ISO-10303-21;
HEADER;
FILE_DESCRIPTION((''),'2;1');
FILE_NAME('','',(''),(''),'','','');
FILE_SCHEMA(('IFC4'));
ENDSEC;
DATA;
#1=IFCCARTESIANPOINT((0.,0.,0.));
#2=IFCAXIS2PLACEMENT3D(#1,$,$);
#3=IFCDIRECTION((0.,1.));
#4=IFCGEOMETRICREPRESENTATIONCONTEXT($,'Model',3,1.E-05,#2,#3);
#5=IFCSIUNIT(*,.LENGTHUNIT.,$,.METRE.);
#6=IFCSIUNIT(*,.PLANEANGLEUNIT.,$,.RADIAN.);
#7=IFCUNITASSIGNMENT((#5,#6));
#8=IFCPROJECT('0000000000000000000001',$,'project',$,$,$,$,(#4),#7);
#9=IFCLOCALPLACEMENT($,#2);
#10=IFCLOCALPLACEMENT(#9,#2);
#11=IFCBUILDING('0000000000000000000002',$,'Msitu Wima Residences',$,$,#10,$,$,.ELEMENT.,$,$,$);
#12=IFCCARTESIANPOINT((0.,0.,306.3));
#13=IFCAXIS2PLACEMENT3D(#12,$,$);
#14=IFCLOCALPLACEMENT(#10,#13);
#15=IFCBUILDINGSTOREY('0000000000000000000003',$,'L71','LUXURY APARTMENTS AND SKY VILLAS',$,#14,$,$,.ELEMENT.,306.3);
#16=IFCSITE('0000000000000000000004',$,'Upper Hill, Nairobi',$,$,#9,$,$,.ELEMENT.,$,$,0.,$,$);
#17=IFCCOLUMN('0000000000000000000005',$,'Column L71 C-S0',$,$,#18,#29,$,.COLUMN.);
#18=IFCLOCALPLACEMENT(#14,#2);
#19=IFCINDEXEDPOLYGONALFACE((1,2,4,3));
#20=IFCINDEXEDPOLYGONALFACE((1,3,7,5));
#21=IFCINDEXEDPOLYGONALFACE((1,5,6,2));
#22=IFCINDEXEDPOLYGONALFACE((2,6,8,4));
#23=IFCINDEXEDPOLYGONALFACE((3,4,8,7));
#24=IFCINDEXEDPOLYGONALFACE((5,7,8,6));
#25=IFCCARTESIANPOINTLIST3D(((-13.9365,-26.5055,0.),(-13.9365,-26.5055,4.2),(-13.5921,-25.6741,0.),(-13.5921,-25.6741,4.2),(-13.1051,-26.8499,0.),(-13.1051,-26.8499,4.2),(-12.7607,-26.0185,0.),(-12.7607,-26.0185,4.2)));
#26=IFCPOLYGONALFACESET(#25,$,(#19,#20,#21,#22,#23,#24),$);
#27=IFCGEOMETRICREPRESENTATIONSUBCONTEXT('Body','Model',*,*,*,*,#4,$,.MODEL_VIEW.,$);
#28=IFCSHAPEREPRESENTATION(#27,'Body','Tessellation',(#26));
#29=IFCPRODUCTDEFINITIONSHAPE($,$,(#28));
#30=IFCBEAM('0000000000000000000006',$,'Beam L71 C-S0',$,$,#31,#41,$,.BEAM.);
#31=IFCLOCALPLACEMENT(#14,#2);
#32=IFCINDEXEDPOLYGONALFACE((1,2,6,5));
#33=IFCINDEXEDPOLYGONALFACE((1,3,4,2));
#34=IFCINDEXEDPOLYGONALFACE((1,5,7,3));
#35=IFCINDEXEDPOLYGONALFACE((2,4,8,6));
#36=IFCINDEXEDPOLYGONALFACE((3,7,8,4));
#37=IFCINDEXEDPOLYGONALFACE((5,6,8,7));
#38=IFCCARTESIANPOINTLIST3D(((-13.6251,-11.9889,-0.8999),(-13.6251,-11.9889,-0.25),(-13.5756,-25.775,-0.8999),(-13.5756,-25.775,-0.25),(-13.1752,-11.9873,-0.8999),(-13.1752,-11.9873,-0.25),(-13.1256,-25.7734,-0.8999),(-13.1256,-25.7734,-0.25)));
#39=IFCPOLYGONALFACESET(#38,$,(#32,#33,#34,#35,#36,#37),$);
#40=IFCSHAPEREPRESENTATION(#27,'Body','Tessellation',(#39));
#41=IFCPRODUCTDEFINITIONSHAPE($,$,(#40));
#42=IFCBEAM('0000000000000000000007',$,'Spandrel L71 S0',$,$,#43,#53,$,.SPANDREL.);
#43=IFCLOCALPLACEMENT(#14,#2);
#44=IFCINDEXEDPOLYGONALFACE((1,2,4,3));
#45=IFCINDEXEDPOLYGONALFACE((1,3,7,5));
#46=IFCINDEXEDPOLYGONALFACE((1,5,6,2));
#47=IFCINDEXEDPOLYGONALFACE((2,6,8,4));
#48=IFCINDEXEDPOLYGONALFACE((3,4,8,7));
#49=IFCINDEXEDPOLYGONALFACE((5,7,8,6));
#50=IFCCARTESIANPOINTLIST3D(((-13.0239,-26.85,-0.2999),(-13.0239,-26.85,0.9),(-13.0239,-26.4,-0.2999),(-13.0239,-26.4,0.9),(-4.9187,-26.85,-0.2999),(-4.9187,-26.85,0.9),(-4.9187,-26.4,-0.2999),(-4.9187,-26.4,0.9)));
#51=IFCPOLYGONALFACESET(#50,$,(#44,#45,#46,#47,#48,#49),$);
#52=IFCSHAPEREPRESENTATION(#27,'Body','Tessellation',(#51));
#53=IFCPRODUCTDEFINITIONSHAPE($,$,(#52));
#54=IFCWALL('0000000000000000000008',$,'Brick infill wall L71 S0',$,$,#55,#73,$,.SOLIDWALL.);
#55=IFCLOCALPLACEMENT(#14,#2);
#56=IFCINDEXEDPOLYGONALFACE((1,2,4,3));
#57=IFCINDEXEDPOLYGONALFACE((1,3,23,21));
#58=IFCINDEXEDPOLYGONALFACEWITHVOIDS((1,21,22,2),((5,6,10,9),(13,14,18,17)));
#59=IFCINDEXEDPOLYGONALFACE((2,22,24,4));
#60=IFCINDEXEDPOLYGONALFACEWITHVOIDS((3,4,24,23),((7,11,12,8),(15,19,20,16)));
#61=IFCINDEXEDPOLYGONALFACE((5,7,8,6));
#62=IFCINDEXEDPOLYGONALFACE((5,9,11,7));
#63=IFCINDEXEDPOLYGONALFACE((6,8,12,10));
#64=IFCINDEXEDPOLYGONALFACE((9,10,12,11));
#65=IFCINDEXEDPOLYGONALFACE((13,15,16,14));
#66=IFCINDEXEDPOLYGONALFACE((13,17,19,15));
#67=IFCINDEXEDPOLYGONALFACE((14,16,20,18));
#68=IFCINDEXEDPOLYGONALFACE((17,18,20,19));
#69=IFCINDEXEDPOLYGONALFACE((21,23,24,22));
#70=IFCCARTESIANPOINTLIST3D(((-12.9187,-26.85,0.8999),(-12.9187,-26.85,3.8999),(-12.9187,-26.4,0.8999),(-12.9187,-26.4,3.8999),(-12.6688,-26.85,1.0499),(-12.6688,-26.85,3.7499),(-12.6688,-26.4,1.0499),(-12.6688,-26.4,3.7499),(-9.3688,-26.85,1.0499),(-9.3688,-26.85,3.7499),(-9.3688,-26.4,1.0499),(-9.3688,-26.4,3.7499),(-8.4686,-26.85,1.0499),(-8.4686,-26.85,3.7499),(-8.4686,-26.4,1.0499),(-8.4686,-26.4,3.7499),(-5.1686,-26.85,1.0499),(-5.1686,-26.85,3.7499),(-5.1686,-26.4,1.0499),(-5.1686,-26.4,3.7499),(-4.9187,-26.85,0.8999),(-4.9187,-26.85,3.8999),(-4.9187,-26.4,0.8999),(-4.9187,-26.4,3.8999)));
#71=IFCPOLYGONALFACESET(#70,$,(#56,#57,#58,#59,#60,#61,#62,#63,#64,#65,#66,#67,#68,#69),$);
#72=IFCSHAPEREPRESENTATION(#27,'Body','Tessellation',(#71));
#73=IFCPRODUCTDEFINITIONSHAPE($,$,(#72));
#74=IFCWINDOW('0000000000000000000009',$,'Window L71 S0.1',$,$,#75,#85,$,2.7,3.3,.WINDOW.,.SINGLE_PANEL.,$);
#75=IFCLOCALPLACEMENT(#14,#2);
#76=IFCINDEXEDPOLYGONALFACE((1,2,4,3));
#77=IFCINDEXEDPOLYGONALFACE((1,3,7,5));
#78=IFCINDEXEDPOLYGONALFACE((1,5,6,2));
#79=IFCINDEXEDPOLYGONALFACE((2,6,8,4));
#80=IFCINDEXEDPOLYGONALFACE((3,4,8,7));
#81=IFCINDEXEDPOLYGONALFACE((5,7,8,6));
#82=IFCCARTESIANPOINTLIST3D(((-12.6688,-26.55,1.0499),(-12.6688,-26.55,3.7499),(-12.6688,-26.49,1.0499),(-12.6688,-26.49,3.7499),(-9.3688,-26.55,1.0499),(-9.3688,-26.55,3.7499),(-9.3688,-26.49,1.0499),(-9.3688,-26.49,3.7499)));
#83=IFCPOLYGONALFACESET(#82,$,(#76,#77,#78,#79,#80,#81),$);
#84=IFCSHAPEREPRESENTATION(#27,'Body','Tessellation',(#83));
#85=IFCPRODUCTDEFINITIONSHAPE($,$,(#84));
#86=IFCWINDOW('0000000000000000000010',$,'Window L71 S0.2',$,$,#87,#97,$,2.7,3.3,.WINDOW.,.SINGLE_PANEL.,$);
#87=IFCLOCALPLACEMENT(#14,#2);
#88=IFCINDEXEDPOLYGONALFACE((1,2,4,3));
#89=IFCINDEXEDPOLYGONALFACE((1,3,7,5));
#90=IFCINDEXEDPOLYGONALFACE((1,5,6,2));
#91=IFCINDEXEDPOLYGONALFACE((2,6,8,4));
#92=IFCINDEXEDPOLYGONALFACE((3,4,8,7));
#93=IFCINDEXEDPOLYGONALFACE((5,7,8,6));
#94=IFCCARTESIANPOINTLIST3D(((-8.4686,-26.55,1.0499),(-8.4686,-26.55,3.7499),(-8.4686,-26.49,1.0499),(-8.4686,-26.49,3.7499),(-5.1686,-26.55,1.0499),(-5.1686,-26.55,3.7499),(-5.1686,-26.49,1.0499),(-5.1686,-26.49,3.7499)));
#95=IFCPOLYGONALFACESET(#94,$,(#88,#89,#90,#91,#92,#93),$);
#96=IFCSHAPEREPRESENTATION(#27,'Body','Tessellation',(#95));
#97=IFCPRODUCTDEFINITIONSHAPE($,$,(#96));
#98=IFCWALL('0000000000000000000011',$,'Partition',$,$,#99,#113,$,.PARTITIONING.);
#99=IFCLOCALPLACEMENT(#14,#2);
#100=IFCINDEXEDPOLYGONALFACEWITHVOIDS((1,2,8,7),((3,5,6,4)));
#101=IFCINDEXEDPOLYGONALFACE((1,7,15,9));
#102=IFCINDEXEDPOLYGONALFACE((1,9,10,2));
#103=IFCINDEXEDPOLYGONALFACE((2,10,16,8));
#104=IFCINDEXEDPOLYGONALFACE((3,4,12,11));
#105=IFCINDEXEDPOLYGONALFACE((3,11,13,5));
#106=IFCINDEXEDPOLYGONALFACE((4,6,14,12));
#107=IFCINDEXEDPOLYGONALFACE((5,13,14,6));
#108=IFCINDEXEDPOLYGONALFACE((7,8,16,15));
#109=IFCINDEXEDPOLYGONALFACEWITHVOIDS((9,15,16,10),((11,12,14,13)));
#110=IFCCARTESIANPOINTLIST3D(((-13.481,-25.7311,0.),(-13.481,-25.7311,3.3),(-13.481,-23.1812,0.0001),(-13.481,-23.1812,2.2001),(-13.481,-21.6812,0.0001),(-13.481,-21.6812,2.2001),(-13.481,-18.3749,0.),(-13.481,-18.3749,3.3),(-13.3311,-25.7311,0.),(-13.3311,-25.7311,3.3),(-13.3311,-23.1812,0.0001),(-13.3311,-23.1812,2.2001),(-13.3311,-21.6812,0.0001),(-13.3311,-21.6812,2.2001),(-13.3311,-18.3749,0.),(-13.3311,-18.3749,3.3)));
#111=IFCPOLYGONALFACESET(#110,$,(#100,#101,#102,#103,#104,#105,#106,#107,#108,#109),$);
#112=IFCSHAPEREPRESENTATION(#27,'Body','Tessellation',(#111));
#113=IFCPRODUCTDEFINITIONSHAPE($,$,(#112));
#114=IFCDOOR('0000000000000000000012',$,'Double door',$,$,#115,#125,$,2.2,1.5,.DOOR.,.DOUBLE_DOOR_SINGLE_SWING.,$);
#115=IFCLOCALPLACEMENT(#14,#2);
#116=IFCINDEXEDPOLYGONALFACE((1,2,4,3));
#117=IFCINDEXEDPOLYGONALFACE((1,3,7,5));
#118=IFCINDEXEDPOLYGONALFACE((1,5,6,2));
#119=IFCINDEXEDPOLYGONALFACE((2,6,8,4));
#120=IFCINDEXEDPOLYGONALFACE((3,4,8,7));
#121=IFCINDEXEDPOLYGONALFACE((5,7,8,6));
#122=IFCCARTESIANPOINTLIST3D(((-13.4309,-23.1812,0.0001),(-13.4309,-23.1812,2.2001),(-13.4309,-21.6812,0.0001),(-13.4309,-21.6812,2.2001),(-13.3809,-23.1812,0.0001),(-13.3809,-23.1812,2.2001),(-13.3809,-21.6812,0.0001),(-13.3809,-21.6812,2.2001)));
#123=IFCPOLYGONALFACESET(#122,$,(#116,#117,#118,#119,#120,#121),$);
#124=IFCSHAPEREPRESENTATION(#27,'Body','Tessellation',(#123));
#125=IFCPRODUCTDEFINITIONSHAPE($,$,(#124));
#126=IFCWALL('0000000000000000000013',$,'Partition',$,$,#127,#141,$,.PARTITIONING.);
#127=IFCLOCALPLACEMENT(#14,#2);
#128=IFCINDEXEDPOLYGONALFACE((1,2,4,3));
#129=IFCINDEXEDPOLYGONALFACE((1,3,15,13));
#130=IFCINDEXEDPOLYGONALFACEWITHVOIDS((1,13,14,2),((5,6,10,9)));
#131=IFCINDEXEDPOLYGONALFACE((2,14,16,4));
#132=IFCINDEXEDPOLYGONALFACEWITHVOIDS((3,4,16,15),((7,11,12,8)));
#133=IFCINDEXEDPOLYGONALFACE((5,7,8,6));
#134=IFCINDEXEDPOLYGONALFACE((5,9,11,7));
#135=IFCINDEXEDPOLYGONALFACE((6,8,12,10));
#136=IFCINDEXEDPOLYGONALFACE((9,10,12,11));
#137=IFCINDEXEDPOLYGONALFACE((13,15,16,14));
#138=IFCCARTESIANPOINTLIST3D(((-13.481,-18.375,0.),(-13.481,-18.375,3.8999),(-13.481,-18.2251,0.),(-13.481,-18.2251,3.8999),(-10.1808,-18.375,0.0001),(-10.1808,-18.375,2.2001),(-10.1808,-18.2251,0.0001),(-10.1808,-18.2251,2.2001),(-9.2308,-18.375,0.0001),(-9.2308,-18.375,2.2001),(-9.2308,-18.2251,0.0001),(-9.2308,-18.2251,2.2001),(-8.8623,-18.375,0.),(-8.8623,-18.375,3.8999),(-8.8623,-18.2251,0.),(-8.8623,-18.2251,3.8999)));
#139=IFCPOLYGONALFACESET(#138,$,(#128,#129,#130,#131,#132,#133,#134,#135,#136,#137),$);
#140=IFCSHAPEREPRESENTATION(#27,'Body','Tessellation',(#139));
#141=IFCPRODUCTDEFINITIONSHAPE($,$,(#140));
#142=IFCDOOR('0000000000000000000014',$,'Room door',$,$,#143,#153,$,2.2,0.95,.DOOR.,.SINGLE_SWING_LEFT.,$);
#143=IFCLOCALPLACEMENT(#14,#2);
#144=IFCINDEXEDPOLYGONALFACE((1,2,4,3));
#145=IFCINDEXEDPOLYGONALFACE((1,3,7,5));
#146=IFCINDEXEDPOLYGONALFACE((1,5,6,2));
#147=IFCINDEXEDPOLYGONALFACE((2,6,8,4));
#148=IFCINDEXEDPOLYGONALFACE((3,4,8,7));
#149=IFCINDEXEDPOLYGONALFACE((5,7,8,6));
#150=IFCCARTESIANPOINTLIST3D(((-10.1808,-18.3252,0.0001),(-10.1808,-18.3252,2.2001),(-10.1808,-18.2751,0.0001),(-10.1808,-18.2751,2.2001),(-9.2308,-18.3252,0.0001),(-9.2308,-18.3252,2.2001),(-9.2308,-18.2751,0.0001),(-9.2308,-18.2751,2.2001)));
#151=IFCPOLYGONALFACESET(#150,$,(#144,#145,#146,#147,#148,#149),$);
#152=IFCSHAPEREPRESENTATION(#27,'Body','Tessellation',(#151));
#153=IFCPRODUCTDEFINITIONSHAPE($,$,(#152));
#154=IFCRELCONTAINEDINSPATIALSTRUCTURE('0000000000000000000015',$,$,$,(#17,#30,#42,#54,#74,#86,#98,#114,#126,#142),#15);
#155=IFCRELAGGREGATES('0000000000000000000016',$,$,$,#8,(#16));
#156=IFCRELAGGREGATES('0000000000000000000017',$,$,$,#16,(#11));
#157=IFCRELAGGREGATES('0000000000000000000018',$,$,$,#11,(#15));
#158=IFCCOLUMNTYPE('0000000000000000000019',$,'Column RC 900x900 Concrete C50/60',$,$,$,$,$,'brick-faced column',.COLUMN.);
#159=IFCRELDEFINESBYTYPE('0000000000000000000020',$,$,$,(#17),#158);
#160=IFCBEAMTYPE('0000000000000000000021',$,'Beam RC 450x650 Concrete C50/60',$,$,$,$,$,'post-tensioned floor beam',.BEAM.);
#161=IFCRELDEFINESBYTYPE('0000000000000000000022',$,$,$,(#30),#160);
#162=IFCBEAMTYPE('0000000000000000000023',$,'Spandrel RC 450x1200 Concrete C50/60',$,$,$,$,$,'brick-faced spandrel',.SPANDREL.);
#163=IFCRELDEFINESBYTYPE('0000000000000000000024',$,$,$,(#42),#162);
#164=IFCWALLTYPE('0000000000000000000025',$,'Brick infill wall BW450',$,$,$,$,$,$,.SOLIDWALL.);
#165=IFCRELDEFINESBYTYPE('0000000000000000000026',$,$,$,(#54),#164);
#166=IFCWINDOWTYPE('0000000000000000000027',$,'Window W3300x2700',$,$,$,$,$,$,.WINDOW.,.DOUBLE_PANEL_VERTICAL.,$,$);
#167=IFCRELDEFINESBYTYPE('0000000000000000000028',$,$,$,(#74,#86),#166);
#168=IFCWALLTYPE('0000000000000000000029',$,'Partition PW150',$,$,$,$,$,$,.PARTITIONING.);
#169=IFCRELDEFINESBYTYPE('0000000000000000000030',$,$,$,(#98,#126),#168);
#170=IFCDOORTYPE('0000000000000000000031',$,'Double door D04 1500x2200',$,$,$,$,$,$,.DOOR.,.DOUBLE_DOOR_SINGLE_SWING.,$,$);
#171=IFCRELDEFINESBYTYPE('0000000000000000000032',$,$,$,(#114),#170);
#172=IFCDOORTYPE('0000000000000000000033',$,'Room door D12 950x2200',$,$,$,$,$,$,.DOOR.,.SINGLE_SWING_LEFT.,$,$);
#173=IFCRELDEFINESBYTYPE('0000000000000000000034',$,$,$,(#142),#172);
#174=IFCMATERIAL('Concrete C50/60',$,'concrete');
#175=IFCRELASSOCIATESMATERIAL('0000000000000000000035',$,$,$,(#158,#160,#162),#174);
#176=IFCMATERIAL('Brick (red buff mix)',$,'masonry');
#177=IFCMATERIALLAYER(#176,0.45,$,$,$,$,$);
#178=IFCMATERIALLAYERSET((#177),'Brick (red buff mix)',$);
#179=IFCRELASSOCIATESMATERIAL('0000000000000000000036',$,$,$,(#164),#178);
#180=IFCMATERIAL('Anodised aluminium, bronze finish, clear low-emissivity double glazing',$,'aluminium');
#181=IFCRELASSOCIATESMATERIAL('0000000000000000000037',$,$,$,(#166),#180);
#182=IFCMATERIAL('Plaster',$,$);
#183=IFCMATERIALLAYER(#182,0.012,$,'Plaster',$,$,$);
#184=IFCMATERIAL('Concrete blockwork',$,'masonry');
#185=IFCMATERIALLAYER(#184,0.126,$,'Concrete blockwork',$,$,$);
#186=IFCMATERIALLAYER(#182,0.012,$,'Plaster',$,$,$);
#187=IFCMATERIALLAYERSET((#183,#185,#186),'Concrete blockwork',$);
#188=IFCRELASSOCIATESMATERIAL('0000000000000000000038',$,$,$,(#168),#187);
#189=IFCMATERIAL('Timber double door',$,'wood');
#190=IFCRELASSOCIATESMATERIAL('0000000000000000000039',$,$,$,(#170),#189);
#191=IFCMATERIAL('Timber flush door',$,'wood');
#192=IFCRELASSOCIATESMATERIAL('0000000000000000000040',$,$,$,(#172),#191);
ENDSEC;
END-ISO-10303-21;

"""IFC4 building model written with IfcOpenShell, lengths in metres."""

from ifc_helpers import new_model, si_unit, direction, frame, frame_2d, origin, origin_2d, place, context, subcontext, project, spatial, rectangle, extrude, material, layer, layer_set, material_profile, profile_set, type_object, element, fill, save


model = new_model("IFC4")

# Units and contexts
model_context = context("Model", 3, precision=1e-05, world=origin(), true_north=direction((0.0, 1.0)))
body_context = subcontext(model_context, "Body", "Model", "MODEL_VIEW")
ifc_project = project(units=[si_unit("LENGTHUNIT", "METRE"), si_unit("PLANEANGLEUNIT", "RADIAN")], contexts=[model_context])

# Site, building, storey
site_placement = place(None, origin())
site = spatial("IfcSite", under=ifc_project, at=site_placement, Name="Upper Hill, Nairobi", CompositionType="ELEMENT", RefElevation=0.0)
building_placement = place(site_placement, origin())
building = spatial("IfcBuilding", under=site, at=building_placement, Name="Msitu Wima Residences", CompositionType="ELEMENT")
storey_placement = place(building_placement, frame((0.0, 0.0, 306.3)))
storey = spatial("IfcBuildingStorey", under=building, at=storey_placement, Name="L71", Description="LUXURY APARTMENTS AND SKY VILLAS", CompositionType="ELEMENT", Elevation=306.3)

# Column
ifc_material_1 = material(Name="Concrete C50/60", Category="concrete")
ifc_material_profile_1 = material_profile(ifc_material_1, rectangle(XDim=0.8999, YDim=0.8999, at=origin_2d()), Name="RC 900x900")
ifc_profile_set_1 = profile_set([ifc_material_profile_1], Name="Concrete C50/60")
column_type = type_object("IfcColumnType", Name="Column RC 900x900 Concrete C50/60", ElementType="brick-faced column", PredefinedType="COLUMN", material=ifc_profile_set_1)
column_placement = place(storey_placement, frame((-13.3486, -26.262, 0.0), z_axis=(0.0, 0.0, 1.0), x_axis=(0.92388, -0.382683, 0.0)))
element("IfcColumn", 1, at=column_placement, inside=storey, type_object=column_type, Name="Column L71 C-S0", PredefinedType="COLUMN", context=body_context, shape_type="SweptSolid", body=[
    extrude(rectangle(XDim=0.8999, YDim=0.8999, at=origin_2d()), origin(), (0.0, 0.0, 1.0), 4.2),
])

# Beams
ifc_material_profile_2 = material_profile(ifc_material_1, rectangle(XDim=0.45, YDim=0.6499, at=origin_2d()), Name="RC 450x650")
ifc_profile_set_2 = profile_set([ifc_material_profile_2], Name="Concrete C50/60")
beam_type_1 = type_object("IfcBeamType", Name="Beam RC 450x650 Concrete C50/60", ElementType="post-tensioned floor beam", PredefinedType="BEAM", material=ifc_profile_set_2)
beam_1_placement = place(storey_placement, frame((-13.3506, -25.7742, -0.575), z_axis=(-0.003595, 0.999994, 0.0), x_axis=(-0.999994, -0.003595, 0.0)))
element("IfcBeam", 2, at=beam_1_placement, inside=storey, type_object=beam_type_1, Name="Beam L71 C-S0", PredefinedType="BEAM", context=body_context, shape_type="SweptSolid", body=[
    extrude(rectangle(XDim=0.45, YDim=0.6499, at=origin_2d()), origin(), (0.0, 0.0, 1.0), 13.7861),
])
ifc_material_profile_3 = material_profile(ifc_material_1, rectangle(XDim=0.45, YDim=1.2, at=origin_2d()), Name="RC 450x1200")
ifc_profile_set_3 = profile_set([ifc_material_profile_3], Name="Concrete C50/60")
beam_type_2 = type_object("IfcBeamType", Name="Spandrel RC 450x1200 Concrete C50/60", ElementType="brick-faced spandrel", PredefinedType="SPANDREL", material=ifc_profile_set_3)
beam_2_placement = place(storey_placement, frame((-13.0239, -26.625, 0.3), z_axis=(1.0, 0.0, 0.0), x_axis=(0.0, 1.0, 0.0)))
element("IfcBeam", 3, at=beam_2_placement, inside=storey, type_object=beam_type_2, Name="Spandrel L71 S0", PredefinedType="SPANDREL", context=body_context, shape_type="SweptSolid", body=[
    extrude(rectangle(XDim=0.45, YDim=1.2, at=origin_2d()), origin(), (0.0, 0.0, 1.0), 8.1052),
])

# Wall, openings, windows
ifc_material_2 = material(Name="Brick (red buff mix)", Category="masonry")
ifc_layer_1 = layer(ifc_material_2, 0.45)
ifc_layer_set_1 = layer_set([ifc_layer_1], Name="Brick (red buff mix)")
wall_type_1 = type_object("IfcWallType", Name="Brick infill wall BW450", PredefinedType="SOLIDWALL", material=ifc_layer_set_1)
wall_1_placement = place(storey_placement, frame((-12.9187, -26.625, 0.8999), z_axis=(0.0, 0.0, 1.0), x_axis=(1.0, 0.0, 0.0)))
wall_1 = element("IfcWall", 4, at=wall_1_placement, inside=storey, type_object=wall_type_1, Name="Brick infill wall L71 S0", PredefinedType="SOLIDWALL", context=body_context, shape_type="SweptSolid", body=[
    extrude(rectangle(XDim=8.0, YDim=0.45, at=frame_2d((4.0, 0.0))), origin(), (0.0, 0.0, 1.0), 3.0),
])
opening_1_placement = place(wall_1_placement, frame((0.25, 0.0, 0.1499)))
opening_1 = element("IfcOpeningElement", 5, at=opening_1_placement, cuts=wall_1, PredefinedType="OPENING", context=body_context, shape_type="SweptSolid", body=[
    extrude(rectangle(XDim=3.3, YDim=2.7, at=frame_2d((1.6499, 1.3501))), frame((0.0, 0.2349, 0.0), z_axis=(0.0, -1.0, 0.0), x_axis=(1.0, 0.0, 0.0)), (0.0, 0.0, 1.0), 0.47),
])
opening_2_placement = place(wall_1_placement, frame((4.4502, 0.0, 0.1499)))
opening_2 = element("IfcOpeningElement", 6, at=opening_2_placement, cuts=wall_1, PredefinedType="OPENING", context=body_context, shape_type="SweptSolid", body=[
    extrude(rectangle(XDim=3.3, YDim=2.7, at=frame_2d((1.6499, 1.3501))), frame((0.0, 0.2349, 0.0), z_axis=(0.0, -1.0, 0.0), x_axis=(1.0, 0.0, 0.0)), (0.0, 0.0, 1.0), 0.47),
])
ifc_material_3 = material(Name="Anodised aluminium, bronze finish, clear low-emissivity double glazing", Category="aluminium")
window_type = type_object("IfcWindowType", Name="Window W3300x2700", PartitioningType="DOUBLE_PANEL_VERTICAL", PredefinedType="WINDOW", material=ifc_material_3)
window_1_placement = place(opening_1_placement, origin())
window_1 = element("IfcWindow", 7, at=window_1_placement, inside=storey, type_object=window_type, Name="Window L71 S0.1", OverallHeight=2.7, OverallWidth=3.3, PartitioningType="SINGLE_PANEL", PredefinedType="WINDOW", context=body_context, shape_type="SweptSolid", body=[
    extrude(rectangle(XDim=3.3, YDim=2.7, at=frame_2d((1.6499, 1.3501))), frame((0.0, 0.135, 0.0), z_axis=(0.0, -1.0, 0.0), x_axis=(1.0, 0.0, 0.0)), (0.0, 0.0, 1.0), 0.0601),
])
fill(opening_1, window_1)
window_2_placement = place(opening_2_placement, origin())
window_2 = element("IfcWindow", 8, at=window_2_placement, inside=storey, type_object=window_type, Name="Window L71 S0.2", OverallHeight=2.7, OverallWidth=3.3, PartitioningType="SINGLE_PANEL", PredefinedType="WINDOW", context=body_context, shape_type="SweptSolid", body=[
    extrude(rectangle(XDim=3.3, YDim=2.7, at=frame_2d((1.6499, 1.3501))), frame((0.0, 0.135, 0.0), z_axis=(0.0, -1.0, 0.0), x_axis=(1.0, 0.0, 0.0)), (0.0, 0.0, 1.0), 0.0601),
])
fill(opening_2, window_2)

# Walls, openings, doors
ifc_material_4 = material(Name="Plaster")
ifc_layer_2 = layer(ifc_material_4, 0.012, Name="Plaster")
ifc_material_5 = material(Name="Concrete blockwork", Category="masonry")
ifc_layer_3 = layer(ifc_material_5, 0.126, Name="Concrete blockwork")
ifc_layer_4 = layer(ifc_material_4, 0.012, Name="Plaster")
ifc_layer_set_2 = layer_set([ifc_layer_2, ifc_layer_3, ifc_layer_4], Name="Concrete blockwork")
wall_type_2 = type_object("IfcWallType", Name="Partition PW150", PredefinedType="PARTITIONING", material=ifc_layer_set_2)
wall_2_placement = place(storey_placement, frame((-13.406, -25.7312, 0.0), z_axis=(0.0, 0.0, 1.0), x_axis=(0.0, 1.0, 0.0)))
wall_2 = element("IfcWall", 9, at=wall_2_placement, inside=storey, type_object=wall_type_2, Name="Partition", PredefinedType="PARTITIONING", context=body_context, shape_type="SweptSolid", body=[
    extrude(rectangle(XDim=7.3562, YDim=0.1499, at=frame_2d((3.6782, 0.0))), origin(), (0.0, 0.0, 1.0), 3.3),
])
opening_3_placement = place(wall_2_placement, frame((2.55, 0.0, 0.0)))
opening_3 = element("IfcOpeningElement", 10, at=opening_3_placement, cuts=wall_2, PredefinedType="OPENING", context=body_context, shape_type="SweptSolid", body=[
    extrude(rectangle(XDim=1.5, YDim=2.2, at=frame_2d((0.75, 1.1001))), frame((0.0, 0.085, 0.0), z_axis=(0.0, -1.0, 0.0), x_axis=(1.0, 0.0, 0.0)), (0.0, 0.0, 1.0), 0.1699),
])
ifc_material_6 = material(Name="Timber double door", Category="wood")
door_type_1 = type_object("IfcDoorType", Name="Double door D04 1500x2200", OperationType="DOUBLE_DOOR_SINGLE_SWING", PredefinedType="DOOR", material=ifc_material_6)
door_1_placement = place(opening_3_placement, origin())
door_1 = element("IfcDoor", 11, at=door_1_placement, inside=storey, type_object=door_type_1, Name="Double door", OperationType="DOUBLE_DOOR_SINGLE_SWING", OverallHeight=2.2, OverallWidth=1.5, PredefinedType="DOOR", context=body_context, shape_type="SweptSolid", body=[
    extrude(rectangle(XDim=1.5, YDim=2.2, at=frame_2d((0.75, 1.1001))), frame((0.0, 0.0249, 0.0), z_axis=(0.0, -1.0, 0.0), x_axis=(1.0, 0.0, 0.0)), (0.0, 0.0, 1.0), 0.05),
])
fill(opening_3, door_1)
wall_3_placement = place(storey_placement, frame((-13.481, -18.3, 0.0), z_axis=(0.0, 0.0, 1.0), x_axis=(1.0, 0.0, 0.0)))
wall_3 = element("IfcWall", 12, at=wall_3_placement, inside=storey, type_object=wall_type_2, Name="Partition", PredefinedType="PARTITIONING", context=body_context, shape_type="SweptSolid", body=[
    extrude(rectangle(XDim=4.6187, YDim=0.1499, at=frame_2d((2.3093, 0.0))), origin(), (0.0, 0.0, 1.0), 3.8999),
])
opening_4_placement = place(wall_3_placement, frame((3.3, 0.0, 0.0)))
opening_4 = element("IfcOpeningElement", 13, at=opening_4_placement, cuts=wall_3, PredefinedType="OPENING", context=body_context, shape_type="SweptSolid", body=[
    extrude(rectangle(XDim=0.95, YDim=2.2, at=frame_2d((0.4751, 1.1001))), frame((0.0, 0.085, 0.0), z_axis=(0.0, -1.0, 0.0), x_axis=(1.0, 0.0, 0.0)), (0.0, 0.0, 1.0), 0.1699),
])
ifc_material_7 = material(Name="Timber flush door", Category="wood")
door_type_2 = type_object("IfcDoorType", Name="Room door D12 950x2200", OperationType="SINGLE_SWING_LEFT", PredefinedType="DOOR", material=ifc_material_7)
door_2_placement = place(opening_4_placement, origin())
door_2 = element("IfcDoor", 14, at=door_2_placement, inside=storey, type_object=door_type_2, Name="Room door", OperationType="SINGLE_SWING_LEFT", OverallHeight=2.2, OverallWidth=0.95, PredefinedType="DOOR", context=body_context, shape_type="SweptSolid", body=[
    extrude(rectangle(XDim=0.95, YDim=2.2, at=frame_2d((0.4751, 1.1001))), frame((0.0, 0.0249, 0.0), z_axis=(0.0, -1.0, 0.0), x_axis=(1.0, 0.0, 0.0)), (0.0, 0.0, 1.0), 0.05),
])
fill(opening_4, door_2)

save(model, "model.ifc")
